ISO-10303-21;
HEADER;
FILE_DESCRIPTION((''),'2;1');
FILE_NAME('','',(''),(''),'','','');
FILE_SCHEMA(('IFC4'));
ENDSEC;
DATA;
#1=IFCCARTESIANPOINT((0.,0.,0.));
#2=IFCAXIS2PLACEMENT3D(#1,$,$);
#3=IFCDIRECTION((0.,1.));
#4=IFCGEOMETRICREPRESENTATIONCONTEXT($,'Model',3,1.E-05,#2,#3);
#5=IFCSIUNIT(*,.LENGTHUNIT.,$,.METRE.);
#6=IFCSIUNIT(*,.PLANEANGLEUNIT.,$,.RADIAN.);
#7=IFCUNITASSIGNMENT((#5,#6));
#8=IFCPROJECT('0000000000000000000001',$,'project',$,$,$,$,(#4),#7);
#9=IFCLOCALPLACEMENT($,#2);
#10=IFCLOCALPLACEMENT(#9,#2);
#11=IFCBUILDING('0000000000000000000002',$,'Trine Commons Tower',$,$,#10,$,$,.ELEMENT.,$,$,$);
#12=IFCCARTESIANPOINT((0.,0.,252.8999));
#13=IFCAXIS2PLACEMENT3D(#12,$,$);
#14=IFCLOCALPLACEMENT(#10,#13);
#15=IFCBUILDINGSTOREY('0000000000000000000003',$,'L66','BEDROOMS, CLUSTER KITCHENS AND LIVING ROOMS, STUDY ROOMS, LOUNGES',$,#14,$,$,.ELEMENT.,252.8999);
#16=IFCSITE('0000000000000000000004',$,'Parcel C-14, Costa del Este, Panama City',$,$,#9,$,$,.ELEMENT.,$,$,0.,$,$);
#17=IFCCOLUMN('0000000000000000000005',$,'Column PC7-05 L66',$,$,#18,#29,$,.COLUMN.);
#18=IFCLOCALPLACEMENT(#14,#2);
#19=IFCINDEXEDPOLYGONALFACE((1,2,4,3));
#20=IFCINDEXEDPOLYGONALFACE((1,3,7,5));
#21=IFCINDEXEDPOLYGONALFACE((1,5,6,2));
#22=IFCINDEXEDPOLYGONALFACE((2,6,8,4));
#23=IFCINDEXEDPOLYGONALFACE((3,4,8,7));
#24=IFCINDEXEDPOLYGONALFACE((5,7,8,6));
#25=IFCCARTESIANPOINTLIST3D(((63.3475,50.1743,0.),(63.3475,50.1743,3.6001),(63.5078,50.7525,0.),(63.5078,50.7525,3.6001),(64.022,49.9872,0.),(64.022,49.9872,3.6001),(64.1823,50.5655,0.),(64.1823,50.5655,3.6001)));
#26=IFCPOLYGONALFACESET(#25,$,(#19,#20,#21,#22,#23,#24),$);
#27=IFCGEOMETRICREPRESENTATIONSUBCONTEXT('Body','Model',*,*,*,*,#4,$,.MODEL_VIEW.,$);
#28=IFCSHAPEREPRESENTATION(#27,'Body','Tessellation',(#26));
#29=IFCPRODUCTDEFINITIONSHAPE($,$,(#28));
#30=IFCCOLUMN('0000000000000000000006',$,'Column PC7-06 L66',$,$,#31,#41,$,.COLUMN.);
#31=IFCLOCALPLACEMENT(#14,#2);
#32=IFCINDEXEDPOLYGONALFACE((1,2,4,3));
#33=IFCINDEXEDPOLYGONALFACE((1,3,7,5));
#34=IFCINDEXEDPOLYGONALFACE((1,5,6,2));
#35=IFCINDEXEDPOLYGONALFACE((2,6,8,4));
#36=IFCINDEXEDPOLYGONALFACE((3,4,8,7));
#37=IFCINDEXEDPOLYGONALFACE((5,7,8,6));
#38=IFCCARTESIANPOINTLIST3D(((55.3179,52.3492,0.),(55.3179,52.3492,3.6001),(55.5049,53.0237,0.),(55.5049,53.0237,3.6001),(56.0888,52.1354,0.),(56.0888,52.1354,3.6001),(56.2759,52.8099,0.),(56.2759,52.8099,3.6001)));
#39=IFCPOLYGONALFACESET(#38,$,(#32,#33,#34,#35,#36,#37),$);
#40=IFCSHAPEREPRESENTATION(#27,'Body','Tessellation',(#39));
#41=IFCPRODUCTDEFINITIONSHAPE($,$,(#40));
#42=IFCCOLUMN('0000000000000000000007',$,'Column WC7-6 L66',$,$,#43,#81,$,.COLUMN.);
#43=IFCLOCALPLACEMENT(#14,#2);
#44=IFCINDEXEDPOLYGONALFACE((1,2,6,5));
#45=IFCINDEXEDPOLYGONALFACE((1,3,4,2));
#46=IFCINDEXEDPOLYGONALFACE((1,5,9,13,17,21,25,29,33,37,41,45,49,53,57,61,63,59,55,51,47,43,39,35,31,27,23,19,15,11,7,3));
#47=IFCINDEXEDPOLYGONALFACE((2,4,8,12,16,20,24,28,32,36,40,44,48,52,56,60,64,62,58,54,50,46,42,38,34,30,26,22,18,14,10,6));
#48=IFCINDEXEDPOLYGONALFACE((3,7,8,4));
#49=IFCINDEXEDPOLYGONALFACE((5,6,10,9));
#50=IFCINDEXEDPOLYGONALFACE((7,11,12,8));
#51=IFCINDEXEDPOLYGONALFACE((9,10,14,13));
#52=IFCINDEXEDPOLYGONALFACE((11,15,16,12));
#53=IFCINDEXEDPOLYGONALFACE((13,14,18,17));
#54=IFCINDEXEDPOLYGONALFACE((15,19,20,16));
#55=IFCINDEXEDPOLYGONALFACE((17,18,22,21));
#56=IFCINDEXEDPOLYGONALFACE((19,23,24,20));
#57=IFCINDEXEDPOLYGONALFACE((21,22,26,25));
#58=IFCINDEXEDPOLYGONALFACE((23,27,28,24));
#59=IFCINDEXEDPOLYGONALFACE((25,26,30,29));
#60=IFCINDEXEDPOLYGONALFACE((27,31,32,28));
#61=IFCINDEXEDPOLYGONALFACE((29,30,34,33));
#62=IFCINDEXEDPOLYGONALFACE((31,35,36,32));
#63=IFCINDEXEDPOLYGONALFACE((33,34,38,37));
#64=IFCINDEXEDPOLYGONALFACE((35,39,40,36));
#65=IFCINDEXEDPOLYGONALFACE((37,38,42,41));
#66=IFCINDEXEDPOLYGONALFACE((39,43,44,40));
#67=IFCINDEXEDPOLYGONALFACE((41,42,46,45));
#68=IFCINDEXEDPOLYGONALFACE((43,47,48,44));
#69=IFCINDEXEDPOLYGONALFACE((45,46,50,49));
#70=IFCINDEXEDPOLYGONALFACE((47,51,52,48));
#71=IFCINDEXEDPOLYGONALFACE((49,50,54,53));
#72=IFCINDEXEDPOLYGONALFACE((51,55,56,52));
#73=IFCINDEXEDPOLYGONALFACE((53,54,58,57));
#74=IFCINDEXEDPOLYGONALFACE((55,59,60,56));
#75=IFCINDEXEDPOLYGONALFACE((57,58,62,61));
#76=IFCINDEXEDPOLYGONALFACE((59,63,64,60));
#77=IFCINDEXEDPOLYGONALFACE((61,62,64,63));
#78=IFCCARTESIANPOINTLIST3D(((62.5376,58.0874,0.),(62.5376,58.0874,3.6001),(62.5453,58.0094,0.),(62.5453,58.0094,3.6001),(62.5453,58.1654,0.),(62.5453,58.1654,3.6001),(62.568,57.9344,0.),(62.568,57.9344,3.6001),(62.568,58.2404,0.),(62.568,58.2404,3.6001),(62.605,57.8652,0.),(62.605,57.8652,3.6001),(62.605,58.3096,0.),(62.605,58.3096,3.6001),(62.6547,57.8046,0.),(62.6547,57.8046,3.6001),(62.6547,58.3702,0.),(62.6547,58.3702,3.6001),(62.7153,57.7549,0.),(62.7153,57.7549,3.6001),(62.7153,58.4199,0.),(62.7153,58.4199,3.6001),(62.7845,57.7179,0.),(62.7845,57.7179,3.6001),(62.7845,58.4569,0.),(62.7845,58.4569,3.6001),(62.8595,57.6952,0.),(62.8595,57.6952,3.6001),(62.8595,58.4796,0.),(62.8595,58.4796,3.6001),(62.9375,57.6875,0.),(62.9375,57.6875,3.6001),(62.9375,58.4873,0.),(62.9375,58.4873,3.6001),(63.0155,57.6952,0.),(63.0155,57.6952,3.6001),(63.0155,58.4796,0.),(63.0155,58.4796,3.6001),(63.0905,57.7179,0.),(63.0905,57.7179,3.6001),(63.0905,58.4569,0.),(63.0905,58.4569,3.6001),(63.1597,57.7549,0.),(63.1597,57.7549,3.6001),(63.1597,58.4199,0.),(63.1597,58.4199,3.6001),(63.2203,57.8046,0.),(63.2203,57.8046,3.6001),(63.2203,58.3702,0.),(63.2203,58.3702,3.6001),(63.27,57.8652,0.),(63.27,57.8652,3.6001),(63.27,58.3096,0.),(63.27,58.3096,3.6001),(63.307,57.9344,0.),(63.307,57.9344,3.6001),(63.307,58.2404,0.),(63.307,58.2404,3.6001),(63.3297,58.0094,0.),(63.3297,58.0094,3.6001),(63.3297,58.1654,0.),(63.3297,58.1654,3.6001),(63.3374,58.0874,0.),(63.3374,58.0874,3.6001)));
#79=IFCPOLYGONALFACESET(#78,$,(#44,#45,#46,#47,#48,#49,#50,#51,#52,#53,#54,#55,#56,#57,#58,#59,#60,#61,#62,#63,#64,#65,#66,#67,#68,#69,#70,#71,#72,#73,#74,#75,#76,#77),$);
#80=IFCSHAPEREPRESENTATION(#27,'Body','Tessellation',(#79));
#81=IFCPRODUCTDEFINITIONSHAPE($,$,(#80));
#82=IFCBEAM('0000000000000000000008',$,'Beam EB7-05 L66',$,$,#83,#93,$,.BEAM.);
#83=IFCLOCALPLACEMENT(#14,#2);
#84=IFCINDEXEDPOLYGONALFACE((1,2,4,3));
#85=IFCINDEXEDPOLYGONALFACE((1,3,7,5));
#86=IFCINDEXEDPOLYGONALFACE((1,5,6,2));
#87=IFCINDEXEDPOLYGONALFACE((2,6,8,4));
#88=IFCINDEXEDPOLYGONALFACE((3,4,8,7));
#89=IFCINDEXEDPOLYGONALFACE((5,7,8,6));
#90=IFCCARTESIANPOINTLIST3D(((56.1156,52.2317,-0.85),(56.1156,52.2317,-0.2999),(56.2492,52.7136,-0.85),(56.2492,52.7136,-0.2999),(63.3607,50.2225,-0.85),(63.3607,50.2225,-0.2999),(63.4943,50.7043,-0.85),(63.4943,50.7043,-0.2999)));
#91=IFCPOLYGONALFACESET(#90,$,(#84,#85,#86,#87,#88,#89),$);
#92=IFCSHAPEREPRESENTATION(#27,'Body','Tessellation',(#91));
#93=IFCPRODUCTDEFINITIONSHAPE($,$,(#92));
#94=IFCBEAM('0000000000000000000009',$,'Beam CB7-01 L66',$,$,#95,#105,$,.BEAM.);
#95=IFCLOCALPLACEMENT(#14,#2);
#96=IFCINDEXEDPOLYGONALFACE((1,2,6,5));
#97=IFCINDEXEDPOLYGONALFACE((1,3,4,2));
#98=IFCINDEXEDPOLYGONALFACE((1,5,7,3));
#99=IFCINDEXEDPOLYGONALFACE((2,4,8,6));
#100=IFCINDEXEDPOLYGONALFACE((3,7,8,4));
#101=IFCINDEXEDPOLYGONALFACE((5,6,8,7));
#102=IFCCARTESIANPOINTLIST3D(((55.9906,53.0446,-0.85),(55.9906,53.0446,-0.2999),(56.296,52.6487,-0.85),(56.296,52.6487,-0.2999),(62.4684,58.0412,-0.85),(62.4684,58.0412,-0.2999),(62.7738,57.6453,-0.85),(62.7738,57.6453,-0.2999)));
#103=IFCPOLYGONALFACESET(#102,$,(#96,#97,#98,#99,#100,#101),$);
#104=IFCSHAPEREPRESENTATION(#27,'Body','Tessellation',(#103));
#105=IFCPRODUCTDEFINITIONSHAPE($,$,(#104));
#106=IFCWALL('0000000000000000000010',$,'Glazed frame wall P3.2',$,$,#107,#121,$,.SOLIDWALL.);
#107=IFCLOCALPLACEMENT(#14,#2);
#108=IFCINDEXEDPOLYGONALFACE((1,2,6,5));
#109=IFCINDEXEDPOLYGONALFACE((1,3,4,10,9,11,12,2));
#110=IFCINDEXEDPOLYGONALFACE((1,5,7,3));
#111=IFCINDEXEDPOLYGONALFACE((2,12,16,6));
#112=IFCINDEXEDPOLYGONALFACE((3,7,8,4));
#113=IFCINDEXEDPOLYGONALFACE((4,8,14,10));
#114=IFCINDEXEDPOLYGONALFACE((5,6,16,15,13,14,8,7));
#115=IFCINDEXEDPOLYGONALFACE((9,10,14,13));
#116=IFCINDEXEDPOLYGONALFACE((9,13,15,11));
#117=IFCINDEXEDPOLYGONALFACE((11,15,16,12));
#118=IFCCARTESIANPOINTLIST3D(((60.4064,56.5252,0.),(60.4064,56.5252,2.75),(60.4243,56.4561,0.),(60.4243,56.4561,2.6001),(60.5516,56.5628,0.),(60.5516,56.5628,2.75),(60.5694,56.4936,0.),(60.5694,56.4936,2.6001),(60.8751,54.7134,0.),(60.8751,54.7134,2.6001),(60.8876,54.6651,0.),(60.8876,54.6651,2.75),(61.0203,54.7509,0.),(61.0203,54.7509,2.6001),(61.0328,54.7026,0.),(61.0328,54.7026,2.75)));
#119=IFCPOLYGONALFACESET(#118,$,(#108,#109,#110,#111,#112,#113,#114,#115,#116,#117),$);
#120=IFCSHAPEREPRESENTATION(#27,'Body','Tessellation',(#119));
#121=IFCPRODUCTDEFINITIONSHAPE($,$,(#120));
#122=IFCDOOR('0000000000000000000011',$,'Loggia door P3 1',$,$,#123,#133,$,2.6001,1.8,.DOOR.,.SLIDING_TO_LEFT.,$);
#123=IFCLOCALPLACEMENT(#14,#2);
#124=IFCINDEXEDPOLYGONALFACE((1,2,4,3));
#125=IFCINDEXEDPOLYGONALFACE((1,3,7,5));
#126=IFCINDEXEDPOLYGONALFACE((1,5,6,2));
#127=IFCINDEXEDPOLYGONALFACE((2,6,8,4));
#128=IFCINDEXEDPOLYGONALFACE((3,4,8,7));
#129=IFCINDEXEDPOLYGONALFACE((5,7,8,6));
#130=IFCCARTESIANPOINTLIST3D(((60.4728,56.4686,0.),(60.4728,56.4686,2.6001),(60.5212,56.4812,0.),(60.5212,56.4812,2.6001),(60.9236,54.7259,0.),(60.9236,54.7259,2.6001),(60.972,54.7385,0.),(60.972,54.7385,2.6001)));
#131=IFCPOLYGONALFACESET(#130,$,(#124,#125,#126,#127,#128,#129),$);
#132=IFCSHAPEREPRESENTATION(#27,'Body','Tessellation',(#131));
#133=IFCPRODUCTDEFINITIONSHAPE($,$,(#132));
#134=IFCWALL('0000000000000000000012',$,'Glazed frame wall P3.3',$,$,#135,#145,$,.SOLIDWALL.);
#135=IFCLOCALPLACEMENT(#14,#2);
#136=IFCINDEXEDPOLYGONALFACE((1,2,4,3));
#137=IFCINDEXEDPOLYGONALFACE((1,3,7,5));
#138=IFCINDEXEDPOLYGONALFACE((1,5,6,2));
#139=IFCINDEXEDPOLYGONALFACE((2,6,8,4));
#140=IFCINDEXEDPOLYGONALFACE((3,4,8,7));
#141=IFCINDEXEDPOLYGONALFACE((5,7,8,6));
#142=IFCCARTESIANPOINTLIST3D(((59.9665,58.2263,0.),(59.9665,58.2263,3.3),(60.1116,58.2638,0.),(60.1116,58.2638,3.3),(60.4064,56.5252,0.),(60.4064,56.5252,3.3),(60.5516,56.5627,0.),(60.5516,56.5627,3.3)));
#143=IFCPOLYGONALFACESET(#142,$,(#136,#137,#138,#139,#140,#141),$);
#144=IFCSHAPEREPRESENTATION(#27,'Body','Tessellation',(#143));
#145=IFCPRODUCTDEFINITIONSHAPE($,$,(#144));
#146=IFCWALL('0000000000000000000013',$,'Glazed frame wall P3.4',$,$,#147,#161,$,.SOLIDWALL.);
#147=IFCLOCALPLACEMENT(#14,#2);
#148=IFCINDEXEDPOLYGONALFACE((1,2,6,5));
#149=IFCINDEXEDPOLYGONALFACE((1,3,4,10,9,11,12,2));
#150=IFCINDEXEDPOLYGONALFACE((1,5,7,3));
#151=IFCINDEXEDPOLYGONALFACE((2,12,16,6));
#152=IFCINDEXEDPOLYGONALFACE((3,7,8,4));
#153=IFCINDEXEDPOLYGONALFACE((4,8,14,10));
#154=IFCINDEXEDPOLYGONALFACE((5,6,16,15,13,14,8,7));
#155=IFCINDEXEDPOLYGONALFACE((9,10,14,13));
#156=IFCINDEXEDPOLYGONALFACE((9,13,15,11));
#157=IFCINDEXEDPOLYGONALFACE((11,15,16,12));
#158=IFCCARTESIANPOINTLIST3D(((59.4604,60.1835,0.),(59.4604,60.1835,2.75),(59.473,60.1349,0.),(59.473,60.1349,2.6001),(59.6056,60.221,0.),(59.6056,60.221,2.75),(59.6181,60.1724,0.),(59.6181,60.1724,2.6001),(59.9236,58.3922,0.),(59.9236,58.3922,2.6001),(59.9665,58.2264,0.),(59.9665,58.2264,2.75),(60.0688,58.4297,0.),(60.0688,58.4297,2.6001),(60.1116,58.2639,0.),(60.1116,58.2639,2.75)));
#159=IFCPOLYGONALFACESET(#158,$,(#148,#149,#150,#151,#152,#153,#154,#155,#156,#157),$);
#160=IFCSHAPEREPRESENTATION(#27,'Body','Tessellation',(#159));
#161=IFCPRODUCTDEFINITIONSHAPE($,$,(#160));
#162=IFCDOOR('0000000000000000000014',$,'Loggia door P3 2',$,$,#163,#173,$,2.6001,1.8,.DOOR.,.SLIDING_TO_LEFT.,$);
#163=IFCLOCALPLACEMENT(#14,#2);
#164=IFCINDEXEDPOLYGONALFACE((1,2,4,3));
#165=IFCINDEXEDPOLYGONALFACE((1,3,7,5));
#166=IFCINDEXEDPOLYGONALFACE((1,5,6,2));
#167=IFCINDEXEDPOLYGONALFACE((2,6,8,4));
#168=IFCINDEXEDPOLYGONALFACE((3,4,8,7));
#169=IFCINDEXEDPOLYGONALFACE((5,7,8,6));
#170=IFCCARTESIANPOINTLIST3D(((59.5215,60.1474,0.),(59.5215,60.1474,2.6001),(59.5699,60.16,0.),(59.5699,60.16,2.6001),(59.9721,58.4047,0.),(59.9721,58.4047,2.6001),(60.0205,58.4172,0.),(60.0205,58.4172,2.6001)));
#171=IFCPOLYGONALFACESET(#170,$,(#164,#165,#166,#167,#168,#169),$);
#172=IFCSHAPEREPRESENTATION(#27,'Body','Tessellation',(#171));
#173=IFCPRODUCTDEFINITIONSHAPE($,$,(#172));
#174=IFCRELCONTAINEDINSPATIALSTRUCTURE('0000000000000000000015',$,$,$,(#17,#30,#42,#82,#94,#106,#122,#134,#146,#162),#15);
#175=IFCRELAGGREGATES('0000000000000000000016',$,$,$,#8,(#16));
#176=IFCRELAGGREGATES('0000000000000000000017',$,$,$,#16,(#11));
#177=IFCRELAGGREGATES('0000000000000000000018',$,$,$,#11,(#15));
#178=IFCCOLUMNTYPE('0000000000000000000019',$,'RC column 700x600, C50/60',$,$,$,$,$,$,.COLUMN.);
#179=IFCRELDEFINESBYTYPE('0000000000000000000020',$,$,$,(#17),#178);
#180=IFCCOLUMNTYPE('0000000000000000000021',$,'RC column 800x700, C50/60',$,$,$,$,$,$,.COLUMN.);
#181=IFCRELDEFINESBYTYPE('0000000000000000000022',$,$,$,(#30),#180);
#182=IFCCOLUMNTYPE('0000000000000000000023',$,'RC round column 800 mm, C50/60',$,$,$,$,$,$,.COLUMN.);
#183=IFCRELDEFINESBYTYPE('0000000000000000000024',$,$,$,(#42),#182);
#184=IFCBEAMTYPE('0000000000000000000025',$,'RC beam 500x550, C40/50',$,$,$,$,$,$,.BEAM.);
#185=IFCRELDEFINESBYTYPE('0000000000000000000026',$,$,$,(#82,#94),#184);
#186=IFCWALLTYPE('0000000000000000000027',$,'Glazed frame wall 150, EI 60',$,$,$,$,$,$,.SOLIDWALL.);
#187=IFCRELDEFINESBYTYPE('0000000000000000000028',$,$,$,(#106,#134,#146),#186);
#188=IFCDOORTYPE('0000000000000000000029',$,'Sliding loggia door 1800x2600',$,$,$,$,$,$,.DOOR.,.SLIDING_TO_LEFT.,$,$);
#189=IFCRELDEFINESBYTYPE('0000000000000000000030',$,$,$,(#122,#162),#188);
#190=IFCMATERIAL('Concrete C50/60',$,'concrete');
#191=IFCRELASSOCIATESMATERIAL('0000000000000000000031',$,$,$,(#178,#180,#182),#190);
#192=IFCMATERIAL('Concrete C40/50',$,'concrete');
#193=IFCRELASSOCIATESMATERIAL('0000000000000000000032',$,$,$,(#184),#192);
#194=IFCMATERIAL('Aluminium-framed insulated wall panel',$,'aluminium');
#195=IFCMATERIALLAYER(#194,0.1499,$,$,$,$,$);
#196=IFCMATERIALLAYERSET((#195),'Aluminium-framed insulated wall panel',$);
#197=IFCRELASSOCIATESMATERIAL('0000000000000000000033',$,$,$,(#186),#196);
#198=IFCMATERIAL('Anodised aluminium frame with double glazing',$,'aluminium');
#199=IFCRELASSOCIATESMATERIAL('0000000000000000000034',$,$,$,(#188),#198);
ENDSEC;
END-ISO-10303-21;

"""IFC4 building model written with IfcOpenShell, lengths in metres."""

from ifc_helpers import new_model, si_unit, direction, frame, frame_2d, origin, origin_2d, place, context, subcontext, project, spatial, polyline, rectangle, circle, outline, extrude, material, layer, layer_set, material_profile, profile_set, type_object, element, fill, save


model = new_model("IFC4")

# Units and contexts
model_context = context("Model", 3, precision=1e-05, world=origin(), true_north=direction((0.0, 1.0)))
body_context = subcontext(model_context, "Body", "Model", "MODEL_VIEW")
ifc_project = project(units=[si_unit("LENGTHUNIT", "METRE"), si_unit("PLANEANGLEUNIT", "RADIAN")], contexts=[model_context])

# Site, building, storey
site_placement = place(None, origin())
site = spatial("IfcSite", under=ifc_project, at=site_placement, Name="Parcel C-14, Costa del Este, Panama City", CompositionType="ELEMENT", RefElevation=0.0)
building_placement = place(site_placement, origin())
building = spatial("IfcBuilding", under=site, at=building_placement, Name="Trine Commons Tower", CompositionType="ELEMENT")
storey_placement = place(building_placement, frame((0.0, 0.0, 252.8999)))
storey = spatial("IfcBuildingStorey", under=building, at=storey_placement, Name="L66", Description="BEDROOMS, CLUSTER KITCHENS AND LIVING ROOMS, STUDY ROOMS, LOUNGES", CompositionType="ELEMENT", Elevation=252.8999)

# Columns
ifc_material_1 = material(Name="Concrete C50/60", Category="concrete")
ifc_material_profile_1 = material_profile(ifc_material_1, rectangle(XDim=0.7, YDim=0.6001, at=origin_2d()), Name="RC 700x600")
ifc_profile_set_1 = profile_set([ifc_material_profile_1], Name="Concrete C50/60")
column_type_1 = type_object("IfcColumnType", Name="RC column 700x600, C50/60", PredefinedType="COLUMN", material=ifc_profile_set_1)
column_1_placement = place(storey_placement, frame((63.7649, 50.3699, 0.0), z_axis=(0.0, 0.0, 1.0), x_axis=(-0.96363, 0.267238, 0.0)))
element("IfcColumn", 1, at=column_1_placement, inside=storey, type_object=column_type_1, Name="Column PC7-05 L66", PredefinedType="COLUMN", context=body_context, shape_type="SweptSolid", body=[
    extrude(rectangle(XDim=0.7, YDim=0.6001, at=origin_2d()), origin(), (0.0, 0.0, 1.0), 3.6001),
])
ifc_material_profile_2 = material_profile(ifc_material_1, rectangle(XDim=0.8, YDim=0.7, at=origin_2d()), Name="RC 800x700")
ifc_profile_set_2 = profile_set([ifc_material_profile_2], Name="Concrete C50/60")
column_type_2 = type_object("IfcColumnType", Name="RC column 800x700, C50/60", PredefinedType="COLUMN", material=ifc_profile_set_2)
column_2_placement = place(storey_placement, frame((55.7969, 52.5796, 0.0), z_axis=(0.0, 0.0, 1.0), x_axis=(-0.96363, 0.267238, 0.0)))
element("IfcColumn", 2, at=column_2_placement, inside=storey, type_object=column_type_2, Name="Column PC7-06 L66", PredefinedType="COLUMN", context=body_context, shape_type="SweptSolid", body=[
    extrude(rectangle(XDim=0.8, YDim=0.7, at=origin_2d()), origin(), (0.0, 0.0, 1.0), 3.6001),
])
ifc_material_profile_3 = material_profile(ifc_material_1, circle(Radius=0.3999, at=origin_2d()), Name="RC round 800")
ifc_profile_set_3 = profile_set([ifc_material_profile_3], Name="Concrete C50/60")
column_type_3 = type_object("IfcColumnType", Name="RC round column 800 mm, C50/60", PredefinedType="COLUMN", material=ifc_profile_set_3)
column_3_placement = place(storey_placement, frame((62.9375, 58.0874, 0.0), z_axis=(0.0, 0.0, 1.0), x_axis=(1.0, 0.0, 0.0)))
element("IfcColumn", 3, at=column_3_placement, inside=storey, type_object=column_type_3, Name="Column WC7-6 L66", PredefinedType="COLUMN", context=body_context, shape_type="SweptSolid", body=[
    extrude(circle(Radius=0.3999, at=origin_2d()), origin(), (0.0, 0.0, 1.0), 3.6001),
])

# Beams
ifc_material_2 = material(Name="Concrete C40/50", Category="concrete")
ifc_material_profile_4 = material_profile(ifc_material_2, rectangle(XDim=0.5, YDim=0.55, at=origin_2d()), Name="RC 500x550")
ifc_profile_set_4 = profile_set([ifc_material_profile_4], Name="Concrete C40/50")
beam_type = type_object("IfcBeamType", Name="RC beam 500x550, C40/50", PredefinedType="BEAM", material=ifc_profile_set_4)
beam_1_placement = place(storey_placement, frame((63.4275, 50.4634, -0.575), z_axis=(-0.963629, 0.267242, 0.0), x_axis=(-0.267242, -0.963629, 0.0)))
element("IfcBeam", 4, at=beam_1_placement, inside=storey, type_object=beam_type, Name="Beam EB7-05 L66", PredefinedType="BEAM", context=body_context, shape_type="SweptSolid", body=[
    extrude(rectangle(XDim=0.5, YDim=0.55, at=origin_2d()), origin(), (0.0, 0.0, 1.0), 7.5186),
])
beam_2_placement = place(storey_placement, frame((56.1433, 52.8467, -0.575), z_axis=(0.791816, 0.61076, 0.0), x_axis=(-0.61076, 0.791816, 0.0)))
element("IfcBeam", 5, at=beam_2_placement, inside=storey, type_object=beam_type, Name="Beam CB7-01 L66", PredefinedType="BEAM", context=body_context, shape_type="SweptSolid", body=[
    extrude(rectangle(XDim=0.5, YDim=0.55, at=origin_2d()), origin(), (0.0, 0.0, 1.0), 8.1809),
])

# Shared definitions
ifc_material_3 = material(Name="Aluminium-framed insulated wall panel", Category="aluminium")
ifc_layer_1 = layer(ifc_material_3, 0.1499)
ifc_layer_set_1 = layer_set([ifc_layer_1], Name="Aluminium-framed insulated wall panel")
wall_type_1 = type_object("IfcWallType", Name="Glazed frame wall 150, EI 60", PredefinedType="SOLIDWALL", material=ifc_layer_set_1)

# Wall, opening, door
wall_1_placement = place(storey_placement, frame((60.9602, 54.6838, 0.0), z_axis=(0.0, 0.0, 1.0), x_axis=(-0.250451, 0.968129, 0.0)))
wall_1 = element("IfcWall", 6, at=wall_1_placement, inside=storey, type_object=wall_type_1, Name="Glazed frame wall P3.2", PredefinedType="SOLIDWALL", context=body_context, shape_type="SweptSolid", body=[
    extrude(outline(polyline([(0.0, -0.075), (1.9214, -0.075), (1.9214, 0.075), (0.0, 0.075), (0.0, -0.075)])), origin(), (0.0, 0.0, 1.0), 2.75),
])
opening_1_placement = place(wall_1_placement, frame((0.05, 0.0, 0.0)))
opening_1 = element("IfcOpeningElement", 7, at=opening_1_placement, cuts=wall_1, PredefinedType="OPENING", context=body_context, shape_type="SweptSolid", body=[
    extrude(rectangle(XDim=1.8, YDim=2.6001, at=frame_2d((0.8999, 1.3))), frame((0.0, 0.085, 0.0), z_axis=(0.0, -1.0, 0.0), x_axis=(1.0, 0.0, 0.0)), (0.0, 0.0, 1.0), 0.1699),
])
ifc_material_4 = material(Name="Anodised aluminium frame with double glazing", Category="aluminium")
door_type_1 = type_object("IfcDoorType", Name="Sliding loggia door 1800x2600", OperationType="SLIDING_TO_LEFT", PredefinedType="DOOR", material=ifc_material_4)
door_1_placement = place(opening_1_placement, origin())
door_1 = element("IfcDoor", 8, at=door_1_placement, inside=storey, type_object=door_type_1, Name="Loggia door P3 1", OperationType="SLIDING_TO_LEFT", OverallHeight=2.6001, OverallWidth=1.8, PredefinedType="DOOR", context=body_context, shape_type="SweptSolid", body=[
    extrude(rectangle(XDim=1.8, YDim=2.6001, at=frame_2d((0.8999, 1.3))), frame((0.0, 0.0249, 0.0), z_axis=(0.0, -1.0, 0.0), x_axis=(1.0, 0.0, 0.0)), (0.0, 0.0, 1.0), 0.05),
])
fill(opening_1, door_1)

# Wall
wall_2_placement = place(storey_placement, frame((60.479, 56.5439, 0.0), z_axis=(0.0, 0.0, 1.0), x_axis=(-0.250374, 0.968149, 0.0)))
element("IfcWall", 9, at=wall_2_placement, inside=storey, type_object=wall_type_1, Name="Glazed frame wall P3.3", PredefinedType="SOLIDWALL", context=body_context, shape_type="SweptSolid", body=[
    extrude(outline(polyline([(0.0, -0.075), (1.7571, -0.075), (1.7571, 0.075), (0.0, 0.075), (0.0, -0.075)])), origin(), (0.0, 0.0, 1.0), 3.3),
])

# Wall, opening, door
wall_3_placement = place(storey_placement, frame((60.0391, 58.2451, 0.0), z_axis=(0.0, 0.0, 1.0), x_axis=(-0.250342, 0.968158, 0.0)))
wall_3 = element("IfcWall", 10, at=wall_3_placement, inside=storey, type_object=wall_type_1, Name="Glazed frame wall P3.4", PredefinedType="SOLIDWALL", context=body_context, shape_type="SweptSolid", body=[
    extrude(outline(polyline([(0.0, -0.075), (2.0215, -0.075), (2.0215, 0.075), (0.0, 0.075), (0.0, -0.075)])), origin(), (0.0, 0.0, 1.0), 2.75),
])
opening_2_placement = place(wall_3_placement, frame((0.1714, 0.0, 0.0)))
opening_2 = element("IfcOpeningElement", 11, at=opening_2_placement, cuts=wall_3, PredefinedType="OPENING", context=body_context, shape_type="SweptSolid", body=[
    extrude(rectangle(XDim=1.8, YDim=2.6001, at=frame_2d((0.8999, 1.3))), frame((0.0, 0.085, 0.0), z_axis=(0.0, -1.0, 0.0), x_axis=(1.0, 0.0, 0.0)), (0.0, 0.0, 1.0), 0.1699),
])
door_2_placement = place(opening_2_placement, origin())
door_2 = element("IfcDoor", 12, at=door_2_placement, inside=storey, type_object=door_type_1, Name="Loggia door P3 2", OperationType="SLIDING_TO_LEFT", OverallHeight=2.6001, OverallWidth=1.8, PredefinedType="DOOR", context=body_context, shape_type="SweptSolid", body=[
    extrude(rectangle(XDim=1.8, YDim=2.6001, at=frame_2d((0.8999, 1.3))), frame((0.0, 0.0249, 0.0), z_axis=(0.0, -1.0, 0.0), x_axis=(1.0, 0.0, 0.0)), (0.0, 0.0, 1.0), 0.05),
])
fill(opening_2, door_2)

save(model, "model.ifc")
